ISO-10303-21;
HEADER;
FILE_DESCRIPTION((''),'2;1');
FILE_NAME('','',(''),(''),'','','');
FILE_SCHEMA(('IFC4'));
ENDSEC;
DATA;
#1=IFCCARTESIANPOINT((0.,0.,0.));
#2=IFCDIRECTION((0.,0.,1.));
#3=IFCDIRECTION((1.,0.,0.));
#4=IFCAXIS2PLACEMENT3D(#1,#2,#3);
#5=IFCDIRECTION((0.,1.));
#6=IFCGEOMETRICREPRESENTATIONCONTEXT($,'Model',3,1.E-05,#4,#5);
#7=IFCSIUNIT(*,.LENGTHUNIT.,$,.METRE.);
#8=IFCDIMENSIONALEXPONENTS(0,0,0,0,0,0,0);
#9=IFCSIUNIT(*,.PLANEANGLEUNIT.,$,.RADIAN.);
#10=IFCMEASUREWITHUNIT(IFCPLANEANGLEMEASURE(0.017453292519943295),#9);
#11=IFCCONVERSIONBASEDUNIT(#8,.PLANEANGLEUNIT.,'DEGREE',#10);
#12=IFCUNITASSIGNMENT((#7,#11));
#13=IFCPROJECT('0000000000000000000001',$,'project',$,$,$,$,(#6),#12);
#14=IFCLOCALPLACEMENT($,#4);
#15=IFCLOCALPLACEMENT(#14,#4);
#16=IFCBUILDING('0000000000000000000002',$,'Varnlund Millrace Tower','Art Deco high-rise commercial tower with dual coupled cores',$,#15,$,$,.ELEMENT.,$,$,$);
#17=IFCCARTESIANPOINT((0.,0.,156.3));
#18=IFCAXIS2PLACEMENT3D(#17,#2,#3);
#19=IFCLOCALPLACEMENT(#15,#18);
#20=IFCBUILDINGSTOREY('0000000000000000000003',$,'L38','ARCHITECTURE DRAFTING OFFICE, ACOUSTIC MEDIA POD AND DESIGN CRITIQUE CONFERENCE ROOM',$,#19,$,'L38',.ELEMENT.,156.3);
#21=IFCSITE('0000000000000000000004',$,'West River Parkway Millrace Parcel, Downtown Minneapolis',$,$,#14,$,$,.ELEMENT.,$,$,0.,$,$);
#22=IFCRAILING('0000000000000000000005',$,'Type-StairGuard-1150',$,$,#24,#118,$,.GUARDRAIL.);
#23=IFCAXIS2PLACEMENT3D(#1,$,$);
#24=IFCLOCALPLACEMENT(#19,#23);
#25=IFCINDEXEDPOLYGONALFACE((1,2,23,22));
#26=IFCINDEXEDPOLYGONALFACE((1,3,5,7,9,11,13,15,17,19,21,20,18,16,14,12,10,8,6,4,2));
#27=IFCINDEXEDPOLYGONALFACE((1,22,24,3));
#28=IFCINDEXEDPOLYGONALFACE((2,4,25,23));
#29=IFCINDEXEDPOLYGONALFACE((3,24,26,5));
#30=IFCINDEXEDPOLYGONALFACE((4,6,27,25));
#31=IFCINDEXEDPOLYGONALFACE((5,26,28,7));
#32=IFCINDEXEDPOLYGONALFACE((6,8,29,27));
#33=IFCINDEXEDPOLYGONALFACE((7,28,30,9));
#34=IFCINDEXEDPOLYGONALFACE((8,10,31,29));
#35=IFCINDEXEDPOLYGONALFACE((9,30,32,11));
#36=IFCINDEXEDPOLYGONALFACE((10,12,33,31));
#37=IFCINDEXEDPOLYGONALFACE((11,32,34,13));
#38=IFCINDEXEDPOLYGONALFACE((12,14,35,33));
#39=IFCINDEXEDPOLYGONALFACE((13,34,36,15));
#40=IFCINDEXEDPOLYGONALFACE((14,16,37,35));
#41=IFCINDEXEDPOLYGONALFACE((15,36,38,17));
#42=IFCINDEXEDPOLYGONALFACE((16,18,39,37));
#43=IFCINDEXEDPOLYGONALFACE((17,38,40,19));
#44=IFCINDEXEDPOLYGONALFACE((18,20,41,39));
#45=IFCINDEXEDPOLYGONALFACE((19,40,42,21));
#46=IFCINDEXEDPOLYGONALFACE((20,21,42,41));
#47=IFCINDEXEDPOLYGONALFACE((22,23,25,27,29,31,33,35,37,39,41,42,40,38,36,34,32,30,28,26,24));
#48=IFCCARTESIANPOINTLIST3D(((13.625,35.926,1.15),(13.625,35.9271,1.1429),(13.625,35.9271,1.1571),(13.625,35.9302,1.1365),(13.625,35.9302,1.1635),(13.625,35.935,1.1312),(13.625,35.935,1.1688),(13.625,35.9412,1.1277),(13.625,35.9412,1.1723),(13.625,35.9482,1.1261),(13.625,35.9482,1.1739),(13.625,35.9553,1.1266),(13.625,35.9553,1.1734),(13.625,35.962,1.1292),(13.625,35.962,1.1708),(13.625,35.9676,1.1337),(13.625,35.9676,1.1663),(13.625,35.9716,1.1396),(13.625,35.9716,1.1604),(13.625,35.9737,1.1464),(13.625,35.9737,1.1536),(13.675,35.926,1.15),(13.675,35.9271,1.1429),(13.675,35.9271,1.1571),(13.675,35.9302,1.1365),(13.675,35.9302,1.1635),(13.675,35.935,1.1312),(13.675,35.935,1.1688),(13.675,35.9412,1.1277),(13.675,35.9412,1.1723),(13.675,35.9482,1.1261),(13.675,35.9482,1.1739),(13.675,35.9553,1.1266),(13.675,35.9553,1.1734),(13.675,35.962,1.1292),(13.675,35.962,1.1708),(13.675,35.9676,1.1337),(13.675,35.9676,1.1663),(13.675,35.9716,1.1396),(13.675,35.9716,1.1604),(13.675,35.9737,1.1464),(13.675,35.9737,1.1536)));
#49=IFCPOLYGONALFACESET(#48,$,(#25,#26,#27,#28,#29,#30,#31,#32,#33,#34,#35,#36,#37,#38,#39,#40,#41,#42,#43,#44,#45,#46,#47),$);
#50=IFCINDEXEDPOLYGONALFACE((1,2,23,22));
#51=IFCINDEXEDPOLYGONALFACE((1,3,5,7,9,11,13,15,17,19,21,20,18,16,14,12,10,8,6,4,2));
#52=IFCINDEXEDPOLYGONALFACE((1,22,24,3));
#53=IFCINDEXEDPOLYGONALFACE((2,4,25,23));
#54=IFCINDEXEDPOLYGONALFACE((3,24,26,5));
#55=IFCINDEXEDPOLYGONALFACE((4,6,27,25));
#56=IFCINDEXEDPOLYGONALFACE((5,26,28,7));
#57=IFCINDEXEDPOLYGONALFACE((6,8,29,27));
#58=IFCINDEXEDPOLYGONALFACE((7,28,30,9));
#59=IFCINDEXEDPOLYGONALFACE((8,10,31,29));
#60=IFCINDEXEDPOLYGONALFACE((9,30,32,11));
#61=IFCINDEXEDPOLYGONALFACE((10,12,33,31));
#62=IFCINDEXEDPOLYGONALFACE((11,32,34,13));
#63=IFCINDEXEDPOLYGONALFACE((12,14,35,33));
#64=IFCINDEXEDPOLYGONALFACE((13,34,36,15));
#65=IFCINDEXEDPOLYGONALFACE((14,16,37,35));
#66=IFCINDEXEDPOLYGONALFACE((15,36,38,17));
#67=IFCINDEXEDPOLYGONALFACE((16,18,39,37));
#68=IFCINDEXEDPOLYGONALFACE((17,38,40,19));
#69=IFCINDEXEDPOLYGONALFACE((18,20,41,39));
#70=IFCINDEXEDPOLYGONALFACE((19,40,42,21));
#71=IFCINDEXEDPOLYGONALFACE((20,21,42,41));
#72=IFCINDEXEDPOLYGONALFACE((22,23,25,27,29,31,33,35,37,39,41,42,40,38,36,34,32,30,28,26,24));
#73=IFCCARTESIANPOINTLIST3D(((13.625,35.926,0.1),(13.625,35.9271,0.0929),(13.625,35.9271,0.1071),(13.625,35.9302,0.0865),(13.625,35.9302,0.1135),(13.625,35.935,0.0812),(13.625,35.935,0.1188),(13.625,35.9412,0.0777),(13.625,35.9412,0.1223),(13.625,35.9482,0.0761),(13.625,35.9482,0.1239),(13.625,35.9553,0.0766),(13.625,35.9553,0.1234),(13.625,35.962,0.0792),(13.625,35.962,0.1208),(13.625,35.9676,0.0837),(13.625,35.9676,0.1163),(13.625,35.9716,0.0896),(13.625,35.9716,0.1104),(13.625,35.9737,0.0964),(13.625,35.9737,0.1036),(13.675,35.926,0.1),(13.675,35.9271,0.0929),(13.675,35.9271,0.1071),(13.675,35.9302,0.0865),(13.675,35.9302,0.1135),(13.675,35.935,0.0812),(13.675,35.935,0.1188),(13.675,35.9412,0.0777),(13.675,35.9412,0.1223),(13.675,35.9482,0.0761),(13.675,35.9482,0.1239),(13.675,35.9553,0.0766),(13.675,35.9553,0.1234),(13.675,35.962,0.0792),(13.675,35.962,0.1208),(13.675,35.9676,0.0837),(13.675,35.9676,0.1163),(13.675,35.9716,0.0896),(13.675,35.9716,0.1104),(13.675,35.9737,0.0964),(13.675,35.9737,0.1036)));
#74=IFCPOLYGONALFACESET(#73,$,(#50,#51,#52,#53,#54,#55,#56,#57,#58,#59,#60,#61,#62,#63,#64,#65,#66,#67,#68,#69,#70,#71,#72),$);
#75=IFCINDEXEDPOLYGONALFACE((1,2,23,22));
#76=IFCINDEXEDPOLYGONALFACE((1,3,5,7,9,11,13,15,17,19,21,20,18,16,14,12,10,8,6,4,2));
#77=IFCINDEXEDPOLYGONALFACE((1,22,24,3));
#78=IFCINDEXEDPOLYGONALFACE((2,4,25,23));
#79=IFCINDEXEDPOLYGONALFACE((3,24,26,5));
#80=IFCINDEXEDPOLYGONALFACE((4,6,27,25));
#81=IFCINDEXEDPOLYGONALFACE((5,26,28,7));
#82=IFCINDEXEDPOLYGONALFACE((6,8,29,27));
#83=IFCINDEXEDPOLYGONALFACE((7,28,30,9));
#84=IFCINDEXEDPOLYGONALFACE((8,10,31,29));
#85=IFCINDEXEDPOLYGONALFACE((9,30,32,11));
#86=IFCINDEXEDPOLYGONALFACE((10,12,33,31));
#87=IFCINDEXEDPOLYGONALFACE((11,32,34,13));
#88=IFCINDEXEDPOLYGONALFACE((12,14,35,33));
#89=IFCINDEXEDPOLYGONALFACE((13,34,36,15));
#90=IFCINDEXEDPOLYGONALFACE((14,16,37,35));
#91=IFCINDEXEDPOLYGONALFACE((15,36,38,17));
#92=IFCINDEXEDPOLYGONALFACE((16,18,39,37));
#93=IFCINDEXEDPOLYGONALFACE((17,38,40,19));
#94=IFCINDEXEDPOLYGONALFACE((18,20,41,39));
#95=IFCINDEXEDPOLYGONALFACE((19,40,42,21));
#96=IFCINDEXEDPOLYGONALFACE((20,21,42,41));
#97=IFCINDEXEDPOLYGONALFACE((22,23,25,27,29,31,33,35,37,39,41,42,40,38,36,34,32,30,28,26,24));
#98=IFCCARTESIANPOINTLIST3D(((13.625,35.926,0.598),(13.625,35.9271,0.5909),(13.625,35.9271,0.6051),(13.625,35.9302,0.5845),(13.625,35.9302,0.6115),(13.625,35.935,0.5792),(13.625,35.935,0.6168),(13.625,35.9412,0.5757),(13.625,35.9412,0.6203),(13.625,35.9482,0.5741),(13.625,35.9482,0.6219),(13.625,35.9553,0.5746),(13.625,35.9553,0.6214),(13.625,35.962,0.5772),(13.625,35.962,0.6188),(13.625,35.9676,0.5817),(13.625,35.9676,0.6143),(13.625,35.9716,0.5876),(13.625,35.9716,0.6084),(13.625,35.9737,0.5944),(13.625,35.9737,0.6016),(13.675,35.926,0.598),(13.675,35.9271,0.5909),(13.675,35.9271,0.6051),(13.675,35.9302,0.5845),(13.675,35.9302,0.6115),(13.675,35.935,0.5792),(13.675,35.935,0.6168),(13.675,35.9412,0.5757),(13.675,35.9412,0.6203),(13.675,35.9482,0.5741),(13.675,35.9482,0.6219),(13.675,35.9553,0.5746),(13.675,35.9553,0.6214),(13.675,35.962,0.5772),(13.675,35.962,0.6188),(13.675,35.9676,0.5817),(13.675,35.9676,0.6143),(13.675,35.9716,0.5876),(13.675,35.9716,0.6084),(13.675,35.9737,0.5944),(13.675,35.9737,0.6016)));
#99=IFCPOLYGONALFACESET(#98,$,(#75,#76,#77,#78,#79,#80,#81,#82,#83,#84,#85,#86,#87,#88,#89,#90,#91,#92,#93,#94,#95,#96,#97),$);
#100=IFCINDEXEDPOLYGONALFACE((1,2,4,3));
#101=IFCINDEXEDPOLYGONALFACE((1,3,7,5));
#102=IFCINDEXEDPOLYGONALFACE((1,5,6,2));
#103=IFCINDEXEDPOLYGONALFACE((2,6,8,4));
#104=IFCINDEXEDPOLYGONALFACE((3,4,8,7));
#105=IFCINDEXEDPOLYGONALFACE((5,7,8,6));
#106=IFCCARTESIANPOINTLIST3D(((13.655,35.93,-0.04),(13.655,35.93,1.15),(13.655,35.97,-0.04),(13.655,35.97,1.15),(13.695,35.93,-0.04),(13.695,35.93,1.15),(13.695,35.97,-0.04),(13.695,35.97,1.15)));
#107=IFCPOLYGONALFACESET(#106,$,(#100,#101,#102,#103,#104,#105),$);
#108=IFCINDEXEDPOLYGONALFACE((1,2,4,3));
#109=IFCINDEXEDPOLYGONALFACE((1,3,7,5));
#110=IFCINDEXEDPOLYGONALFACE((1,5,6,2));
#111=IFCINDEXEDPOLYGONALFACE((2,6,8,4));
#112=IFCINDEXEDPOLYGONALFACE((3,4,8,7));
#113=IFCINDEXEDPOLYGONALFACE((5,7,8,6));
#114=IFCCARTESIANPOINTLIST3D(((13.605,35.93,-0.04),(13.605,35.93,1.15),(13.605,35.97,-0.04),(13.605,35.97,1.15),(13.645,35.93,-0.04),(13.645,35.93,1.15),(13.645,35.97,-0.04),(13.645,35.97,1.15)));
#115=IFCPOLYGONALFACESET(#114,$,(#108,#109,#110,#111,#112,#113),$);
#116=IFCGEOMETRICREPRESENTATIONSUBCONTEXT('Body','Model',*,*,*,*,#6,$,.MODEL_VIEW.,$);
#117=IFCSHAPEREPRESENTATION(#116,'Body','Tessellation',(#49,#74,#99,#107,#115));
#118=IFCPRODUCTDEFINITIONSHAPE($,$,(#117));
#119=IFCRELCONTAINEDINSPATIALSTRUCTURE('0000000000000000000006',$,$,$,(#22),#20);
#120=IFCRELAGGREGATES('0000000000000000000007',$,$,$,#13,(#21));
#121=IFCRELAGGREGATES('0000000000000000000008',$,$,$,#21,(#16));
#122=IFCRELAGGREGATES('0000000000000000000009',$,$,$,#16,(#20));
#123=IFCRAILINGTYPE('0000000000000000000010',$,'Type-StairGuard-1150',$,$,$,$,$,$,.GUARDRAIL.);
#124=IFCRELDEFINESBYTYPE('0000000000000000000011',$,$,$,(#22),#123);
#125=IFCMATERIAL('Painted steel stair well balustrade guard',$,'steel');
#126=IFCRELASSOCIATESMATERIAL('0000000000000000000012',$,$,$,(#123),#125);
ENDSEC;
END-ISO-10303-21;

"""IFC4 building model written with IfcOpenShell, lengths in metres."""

from ifc_helpers import new_model, entity, si_unit, converted_unit, direction, frame, origin_with_axes, origin_2d_with_axis, place, context, subcontext, project, spatial, rectangle, circle, extrude, material, type_object, element, save


model = new_model("IFC4")

# Units and contexts
model_context = context("Model", 3, precision=1e-05, world=origin_with_axes(), true_north=direction((0.0, 1.0)))
body_context = subcontext(model_context, "Body", "Model", "MODEL_VIEW")
ifc_project = project(units=[si_unit("LENGTHUNIT", "METRE"), converted_unit("PLANEANGLEUNIT", "DEGREE", entity("IfcPlaneAngleMeasure", 0.017453292519943295), si_unit("PLANEANGLEUNIT", "RADIAN"), dimensions=[0, 0, 0, 0, 0, 0, 0])], contexts=[model_context])

# Site, building, storey
site_placement = place(None, origin_with_axes())
site = spatial("IfcSite", under=ifc_project, at=site_placement, Name="West River Parkway Millrace Parcel, Downtown Minneapolis", CompositionType="ELEMENT", RefElevation=0.0)
building_placement = place(site_placement, origin_with_axes())
building = spatial("IfcBuilding", under=site, at=building_placement, Name="Varnlund Millrace Tower", Description="Art Deco high-rise commercial tower with dual coupled cores", CompositionType="ELEMENT")
storey_placement = place(building_placement, frame((0.0, 0.0, 156.3), z_axis=(0.0, 0.0, 1.0), x_axis=(1.0, 0.0, 0.0)))
storey = spatial("IfcBuildingStorey", under=building, at=storey_placement, Name="L38", Description="ARCHITECTURE DRAFTING OFFICE, ACOUSTIC MEDIA POD AND DESIGN CRITIQUE CONFERENCE ROOM", LongName="L38", CompositionType="ELEMENT", Elevation=156.3)

# Railing
ifc_material_1 = material(Name="Painted steel stair well balustrade guard", Category="steel")
railing_type_1 = type_object("IfcRailingType", Name="Type-StairGuard-1150", PredefinedType="GUARDRAIL", material=ifc_material_1)
railing_1_placement = place(storey_placement, frame((0.0, 0.0, -156.3), z_axis=(0.0, 0.0, 1.0), x_axis=(1.0, 0.0, 0.0)))
element("IfcRailing", 1, at=railing_1_placement, inside=storey, type_object=railing_type_1, Name="Type-StairGuard-1150", PredefinedType="GUARDRAIL", context=body_context, shape_type="SweptSolid", body=[
    extrude(circle(Radius=0.024, at=origin_2d_with_axis()), frame((13.675, 35.95, 157.45), z_axis=(-1.0, 0.0, 0.0), x_axis=(0.0, -1.0, 0.0)), (0.0, 0.0, 1.0), 0.05),
    extrude(circle(Radius=0.024, at=origin_2d_with_axis()), frame((13.675, 35.95, 156.4), z_axis=(-1.0, 0.0, 0.0), x_axis=(0.0, -1.0, 0.0)), (0.0, 0.0, 1.0), 0.05),
    extrude(circle(Radius=0.024, at=origin_2d_with_axis()), frame((13.675, 35.95, 156.898), z_axis=(-1.0, 0.0, 0.0), x_axis=(0.0, -1.0, 0.0)), (0.0, 0.0, 1.0), 0.05),
    extrude(rectangle(XDim=0.04, YDim=0.04, at=origin_2d_with_axis()), frame((13.675, 35.95, 156.26), z_axis=(0.0, 0.0, 1.0), x_axis=(1.0, 0.0, 0.0)), (0.0, 0.0, 1.0), 1.19),
    extrude(rectangle(XDim=0.04, YDim=0.04, at=origin_2d_with_axis()), frame((13.625, 35.95, 156.26), z_axis=(0.0, 0.0, 1.0), x_axis=(1.0, 0.0, 0.0)), (0.0, 0.0, 1.0), 1.19),
])

save(model, "model.ifc")
